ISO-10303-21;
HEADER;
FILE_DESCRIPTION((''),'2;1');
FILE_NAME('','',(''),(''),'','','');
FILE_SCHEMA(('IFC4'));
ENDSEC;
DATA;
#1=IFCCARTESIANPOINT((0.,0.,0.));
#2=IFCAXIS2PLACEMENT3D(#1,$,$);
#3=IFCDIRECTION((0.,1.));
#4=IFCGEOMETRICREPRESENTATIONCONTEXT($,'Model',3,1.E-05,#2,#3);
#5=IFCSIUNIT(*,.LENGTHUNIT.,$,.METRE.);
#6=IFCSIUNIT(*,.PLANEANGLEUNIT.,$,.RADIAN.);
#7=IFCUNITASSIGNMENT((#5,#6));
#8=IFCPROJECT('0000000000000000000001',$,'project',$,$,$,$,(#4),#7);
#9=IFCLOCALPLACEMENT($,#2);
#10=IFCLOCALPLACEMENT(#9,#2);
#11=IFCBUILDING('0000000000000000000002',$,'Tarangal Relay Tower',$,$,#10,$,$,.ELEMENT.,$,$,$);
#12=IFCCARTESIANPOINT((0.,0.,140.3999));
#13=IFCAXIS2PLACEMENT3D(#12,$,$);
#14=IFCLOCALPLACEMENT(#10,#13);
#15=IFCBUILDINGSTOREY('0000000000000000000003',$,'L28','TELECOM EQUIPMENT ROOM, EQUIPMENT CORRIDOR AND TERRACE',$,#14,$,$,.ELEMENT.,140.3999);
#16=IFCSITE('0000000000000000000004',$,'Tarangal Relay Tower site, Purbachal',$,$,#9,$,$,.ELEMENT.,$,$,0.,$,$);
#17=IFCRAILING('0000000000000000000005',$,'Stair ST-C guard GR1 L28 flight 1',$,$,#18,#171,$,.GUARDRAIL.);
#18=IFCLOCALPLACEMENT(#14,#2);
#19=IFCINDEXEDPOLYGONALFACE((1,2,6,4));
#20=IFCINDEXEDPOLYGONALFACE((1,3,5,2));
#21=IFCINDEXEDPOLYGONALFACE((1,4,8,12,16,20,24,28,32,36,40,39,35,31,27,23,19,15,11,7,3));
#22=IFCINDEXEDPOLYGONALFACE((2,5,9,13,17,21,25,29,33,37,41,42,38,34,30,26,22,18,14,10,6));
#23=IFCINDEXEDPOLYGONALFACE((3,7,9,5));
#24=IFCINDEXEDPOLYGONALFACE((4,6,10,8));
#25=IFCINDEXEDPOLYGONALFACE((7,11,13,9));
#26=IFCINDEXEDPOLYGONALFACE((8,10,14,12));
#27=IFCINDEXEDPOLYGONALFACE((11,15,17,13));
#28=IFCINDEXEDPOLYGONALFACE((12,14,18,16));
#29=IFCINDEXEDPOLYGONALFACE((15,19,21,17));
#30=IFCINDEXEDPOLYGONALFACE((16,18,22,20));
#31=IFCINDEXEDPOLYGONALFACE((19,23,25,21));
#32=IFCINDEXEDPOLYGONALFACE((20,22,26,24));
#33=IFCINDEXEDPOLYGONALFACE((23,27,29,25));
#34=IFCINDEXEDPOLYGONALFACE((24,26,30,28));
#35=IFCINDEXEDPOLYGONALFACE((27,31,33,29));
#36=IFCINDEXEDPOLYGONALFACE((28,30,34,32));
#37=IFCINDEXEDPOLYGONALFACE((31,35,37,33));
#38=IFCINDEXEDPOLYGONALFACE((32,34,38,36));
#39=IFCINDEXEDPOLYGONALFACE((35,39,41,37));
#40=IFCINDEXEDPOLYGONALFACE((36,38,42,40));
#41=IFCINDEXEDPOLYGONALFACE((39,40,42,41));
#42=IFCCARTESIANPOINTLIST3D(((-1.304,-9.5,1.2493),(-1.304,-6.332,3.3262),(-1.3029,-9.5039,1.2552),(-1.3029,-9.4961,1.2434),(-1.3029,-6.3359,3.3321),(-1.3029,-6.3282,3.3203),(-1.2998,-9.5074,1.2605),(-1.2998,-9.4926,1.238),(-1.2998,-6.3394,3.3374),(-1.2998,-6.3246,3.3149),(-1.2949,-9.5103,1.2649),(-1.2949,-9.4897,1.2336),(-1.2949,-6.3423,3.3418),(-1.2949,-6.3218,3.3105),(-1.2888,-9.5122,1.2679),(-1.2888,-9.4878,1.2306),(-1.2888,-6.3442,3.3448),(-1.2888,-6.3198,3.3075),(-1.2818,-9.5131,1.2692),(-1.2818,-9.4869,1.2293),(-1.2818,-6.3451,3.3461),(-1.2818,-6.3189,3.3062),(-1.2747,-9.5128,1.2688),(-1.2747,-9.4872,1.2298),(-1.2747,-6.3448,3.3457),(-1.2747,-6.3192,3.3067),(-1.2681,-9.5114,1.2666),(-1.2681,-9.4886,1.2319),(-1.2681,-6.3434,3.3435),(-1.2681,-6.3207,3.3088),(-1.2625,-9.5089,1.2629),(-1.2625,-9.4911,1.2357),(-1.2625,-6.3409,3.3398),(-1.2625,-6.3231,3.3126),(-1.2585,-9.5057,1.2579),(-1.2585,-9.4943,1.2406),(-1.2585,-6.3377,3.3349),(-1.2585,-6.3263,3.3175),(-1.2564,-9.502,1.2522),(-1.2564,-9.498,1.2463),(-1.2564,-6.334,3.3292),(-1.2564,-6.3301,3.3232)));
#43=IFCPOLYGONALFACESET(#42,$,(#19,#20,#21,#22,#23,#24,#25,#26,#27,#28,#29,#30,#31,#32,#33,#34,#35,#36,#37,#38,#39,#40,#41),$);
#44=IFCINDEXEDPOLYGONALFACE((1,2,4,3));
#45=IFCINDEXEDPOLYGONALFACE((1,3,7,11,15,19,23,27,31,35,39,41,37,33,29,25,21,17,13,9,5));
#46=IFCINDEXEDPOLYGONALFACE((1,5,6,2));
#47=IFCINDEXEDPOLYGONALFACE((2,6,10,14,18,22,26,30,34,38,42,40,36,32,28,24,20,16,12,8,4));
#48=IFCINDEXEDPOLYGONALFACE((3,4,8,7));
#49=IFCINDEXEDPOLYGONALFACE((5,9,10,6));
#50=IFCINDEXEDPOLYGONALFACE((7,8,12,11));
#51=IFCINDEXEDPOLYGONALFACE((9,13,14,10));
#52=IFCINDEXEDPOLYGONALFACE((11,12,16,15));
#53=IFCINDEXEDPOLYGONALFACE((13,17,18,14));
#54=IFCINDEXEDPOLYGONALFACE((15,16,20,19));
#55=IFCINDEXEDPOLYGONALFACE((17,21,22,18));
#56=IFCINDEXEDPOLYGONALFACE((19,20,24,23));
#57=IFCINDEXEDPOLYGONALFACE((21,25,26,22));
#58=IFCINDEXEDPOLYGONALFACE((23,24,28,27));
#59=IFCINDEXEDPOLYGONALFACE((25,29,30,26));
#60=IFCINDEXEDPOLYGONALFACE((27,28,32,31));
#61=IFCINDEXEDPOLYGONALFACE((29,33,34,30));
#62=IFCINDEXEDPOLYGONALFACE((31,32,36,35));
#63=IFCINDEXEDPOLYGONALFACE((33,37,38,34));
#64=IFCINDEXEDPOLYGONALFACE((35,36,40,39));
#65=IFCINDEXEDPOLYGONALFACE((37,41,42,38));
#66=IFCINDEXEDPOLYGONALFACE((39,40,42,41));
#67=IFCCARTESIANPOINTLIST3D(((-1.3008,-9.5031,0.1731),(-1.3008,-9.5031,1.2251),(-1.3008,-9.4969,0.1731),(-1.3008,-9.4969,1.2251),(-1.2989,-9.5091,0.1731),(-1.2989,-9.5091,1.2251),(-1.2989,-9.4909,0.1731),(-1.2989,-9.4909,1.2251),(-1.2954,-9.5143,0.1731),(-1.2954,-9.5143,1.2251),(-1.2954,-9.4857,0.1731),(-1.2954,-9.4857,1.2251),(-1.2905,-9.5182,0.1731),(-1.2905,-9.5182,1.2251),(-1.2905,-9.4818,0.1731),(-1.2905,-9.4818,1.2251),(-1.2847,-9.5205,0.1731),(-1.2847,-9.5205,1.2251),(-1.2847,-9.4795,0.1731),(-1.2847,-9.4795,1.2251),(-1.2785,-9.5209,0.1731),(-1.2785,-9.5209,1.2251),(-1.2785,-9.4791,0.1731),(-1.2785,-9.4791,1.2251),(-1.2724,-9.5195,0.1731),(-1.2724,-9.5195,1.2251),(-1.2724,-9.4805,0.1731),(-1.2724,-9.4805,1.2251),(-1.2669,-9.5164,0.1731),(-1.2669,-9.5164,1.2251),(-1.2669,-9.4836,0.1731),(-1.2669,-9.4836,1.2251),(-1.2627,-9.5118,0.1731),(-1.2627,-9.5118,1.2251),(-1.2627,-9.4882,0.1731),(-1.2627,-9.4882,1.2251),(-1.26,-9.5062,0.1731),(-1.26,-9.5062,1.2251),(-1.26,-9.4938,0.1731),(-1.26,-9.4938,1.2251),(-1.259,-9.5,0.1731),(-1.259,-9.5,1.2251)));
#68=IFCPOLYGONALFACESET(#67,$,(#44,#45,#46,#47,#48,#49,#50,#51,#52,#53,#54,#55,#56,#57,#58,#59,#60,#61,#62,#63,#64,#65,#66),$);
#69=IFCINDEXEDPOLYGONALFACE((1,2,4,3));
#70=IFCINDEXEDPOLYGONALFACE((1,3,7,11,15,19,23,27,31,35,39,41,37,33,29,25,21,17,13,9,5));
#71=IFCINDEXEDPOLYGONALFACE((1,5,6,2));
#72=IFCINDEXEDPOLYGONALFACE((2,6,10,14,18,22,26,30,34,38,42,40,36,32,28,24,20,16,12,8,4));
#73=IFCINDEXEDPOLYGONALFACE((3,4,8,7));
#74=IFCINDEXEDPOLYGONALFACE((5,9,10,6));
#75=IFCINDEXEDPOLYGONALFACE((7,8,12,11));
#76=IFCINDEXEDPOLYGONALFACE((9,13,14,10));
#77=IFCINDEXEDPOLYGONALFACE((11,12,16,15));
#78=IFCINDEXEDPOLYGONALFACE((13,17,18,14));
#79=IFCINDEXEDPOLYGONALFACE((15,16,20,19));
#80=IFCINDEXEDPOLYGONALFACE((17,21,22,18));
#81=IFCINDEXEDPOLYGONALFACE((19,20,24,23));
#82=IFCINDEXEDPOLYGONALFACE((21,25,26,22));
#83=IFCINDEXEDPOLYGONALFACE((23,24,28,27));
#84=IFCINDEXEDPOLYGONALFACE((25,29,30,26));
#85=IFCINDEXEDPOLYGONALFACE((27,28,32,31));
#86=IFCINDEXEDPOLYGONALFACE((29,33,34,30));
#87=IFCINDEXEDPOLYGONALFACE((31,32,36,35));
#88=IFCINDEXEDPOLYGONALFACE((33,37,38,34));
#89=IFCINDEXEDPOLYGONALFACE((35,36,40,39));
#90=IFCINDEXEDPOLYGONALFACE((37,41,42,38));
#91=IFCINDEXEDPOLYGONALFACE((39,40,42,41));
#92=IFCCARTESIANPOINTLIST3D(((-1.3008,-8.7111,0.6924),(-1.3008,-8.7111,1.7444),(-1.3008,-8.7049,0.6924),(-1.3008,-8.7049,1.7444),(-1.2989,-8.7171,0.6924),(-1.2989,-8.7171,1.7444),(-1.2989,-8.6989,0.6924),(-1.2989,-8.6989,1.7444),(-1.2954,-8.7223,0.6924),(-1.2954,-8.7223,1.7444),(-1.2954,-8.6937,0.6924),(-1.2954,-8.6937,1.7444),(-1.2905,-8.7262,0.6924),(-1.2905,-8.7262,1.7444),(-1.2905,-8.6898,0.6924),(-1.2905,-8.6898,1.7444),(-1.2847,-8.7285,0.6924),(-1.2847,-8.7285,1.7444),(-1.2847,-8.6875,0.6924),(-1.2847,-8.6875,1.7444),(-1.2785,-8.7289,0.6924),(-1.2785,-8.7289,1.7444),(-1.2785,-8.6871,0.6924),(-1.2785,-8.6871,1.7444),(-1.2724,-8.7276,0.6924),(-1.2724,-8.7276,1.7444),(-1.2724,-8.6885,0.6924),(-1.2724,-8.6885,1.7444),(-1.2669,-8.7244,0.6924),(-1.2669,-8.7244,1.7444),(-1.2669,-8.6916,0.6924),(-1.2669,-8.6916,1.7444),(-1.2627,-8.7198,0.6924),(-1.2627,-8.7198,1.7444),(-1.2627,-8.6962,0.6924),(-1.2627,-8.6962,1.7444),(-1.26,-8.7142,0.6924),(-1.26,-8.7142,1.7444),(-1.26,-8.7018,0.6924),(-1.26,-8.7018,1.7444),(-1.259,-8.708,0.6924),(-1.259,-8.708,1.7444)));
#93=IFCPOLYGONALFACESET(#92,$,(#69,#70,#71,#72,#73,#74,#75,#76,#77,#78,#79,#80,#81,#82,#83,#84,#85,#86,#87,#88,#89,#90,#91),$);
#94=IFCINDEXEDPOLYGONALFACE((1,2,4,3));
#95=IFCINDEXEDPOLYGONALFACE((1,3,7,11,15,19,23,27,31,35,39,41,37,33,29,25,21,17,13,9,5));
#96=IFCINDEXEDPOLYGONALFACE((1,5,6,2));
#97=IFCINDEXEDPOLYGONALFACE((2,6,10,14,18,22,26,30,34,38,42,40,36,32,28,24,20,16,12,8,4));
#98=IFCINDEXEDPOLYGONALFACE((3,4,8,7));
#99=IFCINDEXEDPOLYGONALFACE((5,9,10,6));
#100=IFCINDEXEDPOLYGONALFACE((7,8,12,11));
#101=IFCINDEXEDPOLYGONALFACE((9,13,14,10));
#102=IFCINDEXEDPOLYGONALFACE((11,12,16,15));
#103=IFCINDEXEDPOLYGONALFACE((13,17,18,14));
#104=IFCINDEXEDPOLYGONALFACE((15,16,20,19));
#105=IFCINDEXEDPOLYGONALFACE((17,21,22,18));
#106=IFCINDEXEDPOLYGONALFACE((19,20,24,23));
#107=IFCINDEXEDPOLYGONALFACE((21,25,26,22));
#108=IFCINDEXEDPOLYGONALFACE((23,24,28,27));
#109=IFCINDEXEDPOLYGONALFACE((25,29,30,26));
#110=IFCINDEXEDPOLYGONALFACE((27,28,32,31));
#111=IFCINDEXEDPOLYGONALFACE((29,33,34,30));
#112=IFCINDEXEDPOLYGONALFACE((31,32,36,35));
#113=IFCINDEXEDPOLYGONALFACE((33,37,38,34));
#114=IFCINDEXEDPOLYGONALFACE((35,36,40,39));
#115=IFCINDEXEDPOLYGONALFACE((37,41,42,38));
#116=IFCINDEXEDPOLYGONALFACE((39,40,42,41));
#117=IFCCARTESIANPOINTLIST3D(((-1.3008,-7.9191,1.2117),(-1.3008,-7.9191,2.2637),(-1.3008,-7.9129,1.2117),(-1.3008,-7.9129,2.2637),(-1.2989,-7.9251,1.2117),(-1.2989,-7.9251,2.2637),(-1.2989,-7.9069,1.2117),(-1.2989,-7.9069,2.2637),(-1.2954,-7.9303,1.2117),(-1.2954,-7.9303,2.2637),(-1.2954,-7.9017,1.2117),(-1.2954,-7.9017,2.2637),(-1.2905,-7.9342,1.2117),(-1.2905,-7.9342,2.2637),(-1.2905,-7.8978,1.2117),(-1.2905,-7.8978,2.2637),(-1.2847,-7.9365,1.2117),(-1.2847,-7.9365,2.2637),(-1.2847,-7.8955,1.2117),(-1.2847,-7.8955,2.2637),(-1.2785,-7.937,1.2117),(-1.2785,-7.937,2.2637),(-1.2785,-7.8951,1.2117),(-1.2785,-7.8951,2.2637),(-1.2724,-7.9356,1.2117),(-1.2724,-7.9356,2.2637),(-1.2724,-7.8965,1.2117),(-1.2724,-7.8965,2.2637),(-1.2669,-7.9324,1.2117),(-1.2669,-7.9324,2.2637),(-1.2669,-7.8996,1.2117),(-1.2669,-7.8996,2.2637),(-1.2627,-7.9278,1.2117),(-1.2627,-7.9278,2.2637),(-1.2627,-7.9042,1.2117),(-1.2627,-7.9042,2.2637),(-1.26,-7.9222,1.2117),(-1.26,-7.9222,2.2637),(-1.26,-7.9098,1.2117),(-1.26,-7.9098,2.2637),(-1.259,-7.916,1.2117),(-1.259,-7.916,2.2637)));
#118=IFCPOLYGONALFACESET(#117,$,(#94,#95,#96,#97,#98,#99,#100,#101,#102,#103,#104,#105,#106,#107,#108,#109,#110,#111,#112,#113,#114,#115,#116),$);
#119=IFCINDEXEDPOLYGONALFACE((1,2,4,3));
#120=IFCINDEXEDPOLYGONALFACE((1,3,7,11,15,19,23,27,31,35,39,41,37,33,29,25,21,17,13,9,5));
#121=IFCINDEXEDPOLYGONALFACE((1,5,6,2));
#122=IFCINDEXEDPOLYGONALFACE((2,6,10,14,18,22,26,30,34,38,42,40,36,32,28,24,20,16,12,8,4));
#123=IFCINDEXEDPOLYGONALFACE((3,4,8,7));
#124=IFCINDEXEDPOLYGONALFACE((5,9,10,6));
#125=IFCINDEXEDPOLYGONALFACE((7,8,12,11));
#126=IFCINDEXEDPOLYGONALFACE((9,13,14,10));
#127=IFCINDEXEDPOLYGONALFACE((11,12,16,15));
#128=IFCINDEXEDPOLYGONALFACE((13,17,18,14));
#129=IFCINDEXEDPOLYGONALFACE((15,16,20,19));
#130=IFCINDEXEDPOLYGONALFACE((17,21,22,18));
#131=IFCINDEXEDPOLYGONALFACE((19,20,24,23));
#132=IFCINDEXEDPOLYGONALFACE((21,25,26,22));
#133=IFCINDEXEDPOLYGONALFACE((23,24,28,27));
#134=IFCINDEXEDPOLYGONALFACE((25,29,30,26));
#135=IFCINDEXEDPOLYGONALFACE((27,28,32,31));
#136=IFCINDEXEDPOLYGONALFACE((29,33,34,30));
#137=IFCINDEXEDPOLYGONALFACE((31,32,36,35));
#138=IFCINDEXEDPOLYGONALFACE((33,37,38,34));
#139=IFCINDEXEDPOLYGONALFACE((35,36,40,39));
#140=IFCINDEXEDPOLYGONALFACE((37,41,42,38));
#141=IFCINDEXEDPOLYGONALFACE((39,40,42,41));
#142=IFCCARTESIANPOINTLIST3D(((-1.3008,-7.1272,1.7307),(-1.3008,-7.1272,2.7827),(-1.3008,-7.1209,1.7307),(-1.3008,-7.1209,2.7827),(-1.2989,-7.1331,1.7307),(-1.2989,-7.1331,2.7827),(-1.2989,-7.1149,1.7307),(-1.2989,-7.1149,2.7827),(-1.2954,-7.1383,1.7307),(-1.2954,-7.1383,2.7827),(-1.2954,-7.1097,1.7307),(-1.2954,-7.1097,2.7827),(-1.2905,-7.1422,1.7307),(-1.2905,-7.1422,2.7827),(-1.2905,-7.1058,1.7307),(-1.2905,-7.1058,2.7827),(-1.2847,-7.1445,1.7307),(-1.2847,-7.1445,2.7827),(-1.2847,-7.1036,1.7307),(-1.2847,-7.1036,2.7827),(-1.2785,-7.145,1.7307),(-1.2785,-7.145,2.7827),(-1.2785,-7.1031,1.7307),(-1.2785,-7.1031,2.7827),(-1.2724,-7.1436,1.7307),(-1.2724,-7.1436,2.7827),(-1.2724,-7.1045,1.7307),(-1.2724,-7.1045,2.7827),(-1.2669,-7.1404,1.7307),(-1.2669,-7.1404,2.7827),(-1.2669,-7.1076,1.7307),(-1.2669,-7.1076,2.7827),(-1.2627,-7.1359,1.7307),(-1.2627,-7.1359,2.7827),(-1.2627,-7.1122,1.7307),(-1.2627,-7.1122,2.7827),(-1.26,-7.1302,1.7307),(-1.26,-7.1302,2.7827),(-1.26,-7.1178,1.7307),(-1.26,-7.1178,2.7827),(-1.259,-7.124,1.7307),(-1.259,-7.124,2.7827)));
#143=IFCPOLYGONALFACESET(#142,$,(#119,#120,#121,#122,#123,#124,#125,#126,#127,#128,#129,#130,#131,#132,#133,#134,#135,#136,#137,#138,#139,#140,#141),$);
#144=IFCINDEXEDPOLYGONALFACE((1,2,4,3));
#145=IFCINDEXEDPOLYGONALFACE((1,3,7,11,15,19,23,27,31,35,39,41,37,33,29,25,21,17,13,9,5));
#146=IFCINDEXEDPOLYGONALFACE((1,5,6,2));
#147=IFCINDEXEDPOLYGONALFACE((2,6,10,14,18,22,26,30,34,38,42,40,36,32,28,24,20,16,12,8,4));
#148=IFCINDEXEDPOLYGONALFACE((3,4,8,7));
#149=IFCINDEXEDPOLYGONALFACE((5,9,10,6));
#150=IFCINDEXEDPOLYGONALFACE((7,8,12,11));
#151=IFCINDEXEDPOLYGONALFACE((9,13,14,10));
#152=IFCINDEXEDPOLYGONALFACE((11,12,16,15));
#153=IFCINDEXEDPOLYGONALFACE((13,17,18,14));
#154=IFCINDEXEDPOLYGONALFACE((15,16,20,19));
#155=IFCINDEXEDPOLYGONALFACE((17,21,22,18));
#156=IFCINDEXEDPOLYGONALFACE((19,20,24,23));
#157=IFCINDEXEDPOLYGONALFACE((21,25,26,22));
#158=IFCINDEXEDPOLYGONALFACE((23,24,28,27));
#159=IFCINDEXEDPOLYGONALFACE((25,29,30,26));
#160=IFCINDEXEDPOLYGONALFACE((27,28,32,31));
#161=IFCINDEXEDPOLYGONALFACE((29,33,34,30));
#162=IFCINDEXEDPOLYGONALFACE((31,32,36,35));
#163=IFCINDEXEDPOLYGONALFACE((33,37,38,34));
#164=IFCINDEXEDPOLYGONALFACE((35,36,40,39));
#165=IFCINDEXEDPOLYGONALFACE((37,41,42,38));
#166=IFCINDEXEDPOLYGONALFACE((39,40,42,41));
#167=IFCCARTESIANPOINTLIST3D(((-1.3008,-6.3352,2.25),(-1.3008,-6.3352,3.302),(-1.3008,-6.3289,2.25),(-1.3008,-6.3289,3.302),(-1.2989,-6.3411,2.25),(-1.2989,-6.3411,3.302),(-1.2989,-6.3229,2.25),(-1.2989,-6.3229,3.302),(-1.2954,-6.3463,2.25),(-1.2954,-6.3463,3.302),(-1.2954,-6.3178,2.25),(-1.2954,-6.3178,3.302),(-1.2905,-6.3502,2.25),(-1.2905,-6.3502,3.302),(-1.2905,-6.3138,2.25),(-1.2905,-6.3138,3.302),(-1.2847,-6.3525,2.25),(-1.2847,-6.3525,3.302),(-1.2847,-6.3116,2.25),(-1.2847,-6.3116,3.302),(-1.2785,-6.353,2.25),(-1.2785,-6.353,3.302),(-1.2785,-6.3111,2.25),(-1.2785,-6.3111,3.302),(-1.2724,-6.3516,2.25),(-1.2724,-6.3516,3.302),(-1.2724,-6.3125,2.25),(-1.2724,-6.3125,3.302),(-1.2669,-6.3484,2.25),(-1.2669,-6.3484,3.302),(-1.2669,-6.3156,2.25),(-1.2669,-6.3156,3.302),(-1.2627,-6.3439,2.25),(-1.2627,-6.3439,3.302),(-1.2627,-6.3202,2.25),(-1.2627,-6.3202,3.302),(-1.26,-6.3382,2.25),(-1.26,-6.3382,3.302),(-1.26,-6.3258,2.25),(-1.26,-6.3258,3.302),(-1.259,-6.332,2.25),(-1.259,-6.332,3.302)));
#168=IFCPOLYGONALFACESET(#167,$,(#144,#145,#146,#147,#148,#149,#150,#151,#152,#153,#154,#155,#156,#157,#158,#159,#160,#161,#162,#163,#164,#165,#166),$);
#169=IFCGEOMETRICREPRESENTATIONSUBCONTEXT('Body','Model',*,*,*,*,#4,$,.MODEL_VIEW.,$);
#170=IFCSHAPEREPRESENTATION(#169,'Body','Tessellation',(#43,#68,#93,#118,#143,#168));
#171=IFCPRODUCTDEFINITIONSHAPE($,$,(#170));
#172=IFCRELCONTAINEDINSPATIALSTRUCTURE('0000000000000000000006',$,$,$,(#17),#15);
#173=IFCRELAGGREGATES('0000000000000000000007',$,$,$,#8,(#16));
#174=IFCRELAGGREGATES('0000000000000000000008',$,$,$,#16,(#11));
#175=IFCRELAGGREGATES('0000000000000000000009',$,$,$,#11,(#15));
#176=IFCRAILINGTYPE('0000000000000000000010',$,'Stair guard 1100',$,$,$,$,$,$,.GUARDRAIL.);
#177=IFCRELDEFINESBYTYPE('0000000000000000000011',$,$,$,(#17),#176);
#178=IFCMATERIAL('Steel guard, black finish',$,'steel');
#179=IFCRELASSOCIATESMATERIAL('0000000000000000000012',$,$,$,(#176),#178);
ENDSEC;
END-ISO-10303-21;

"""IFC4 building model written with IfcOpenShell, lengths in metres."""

from ifc_helpers import new_model, si_unit, direction, frame, origin, origin_2d, place, context, subcontext, project, spatial, circle, extrude, material, type_object, element, save


model = new_model("IFC4")

# Units and contexts
model_context = context("Model", 3, precision=1e-05, world=origin(), true_north=direction((0.0, 1.0)))
body_context = subcontext(model_context, "Body", "Model", "MODEL_VIEW")
ifc_project = project(units=[si_unit("LENGTHUNIT", "METRE"), si_unit("PLANEANGLEUNIT", "RADIAN")], contexts=[model_context])

# Site, building, storey
site_placement = place(None, origin())
site = spatial("IfcSite", under=ifc_project, at=site_placement, Name="Tarangal Relay Tower site, Purbachal", CompositionType="ELEMENT", RefElevation=0.0)
building_placement = place(site_placement, origin())
building = spatial("IfcBuilding", under=site, at=building_placement, Name="Tarangal Relay Tower", CompositionType="ELEMENT")
storey_placement = place(building_placement, frame((0.0, 0.0, 140.3999)))
storey = spatial("IfcBuildingStorey", under=building, at=storey_placement, Name="L28", Description="TELECOM EQUIPMENT ROOM, EQUIPMENT CORRIDOR AND TERRACE", CompositionType="ELEMENT", Elevation=140.3999)

# Railing
ifc_material_1 = material(Name="Steel guard, black finish", Category="steel")
railing_type_1 = type_object("IfcRailingType", Name="Stair guard 1100", PredefinedType="GUARDRAIL", material=ifc_material_1)
railing_1_placement = place(storey_placement, frame((-1.28, -9.5, 0.1731)))
element("IfcRailing", 1, at=railing_1_placement, inside=storey, type_object=railing_type_1, Name="Stair ST-C guard GR1 L28 flight 1", PredefinedType="GUARDRAIL", context=body_context, shape_type="SweptSolid", body=[
    extrude(circle(Radius=0.0239, at=origin_2d()), frame((0.0, 0.0, 1.0762), z_axis=(0.0, 0.836299, 0.548273), x_axis=(-1.0, 0.0, 0.0)), (0.0, 0.0, 1.0), 3.7881),
    extrude(circle(Radius=0.021, at=origin_2d()), origin(), (0.0, 0.0, 1.0), 1.052),
    extrude(circle(Radius=0.021, at=origin_2d()), frame((0.0, 0.792, 0.5193)), (0.0, 0.0, 1.0), 1.052),
    extrude(circle(Radius=0.021, at=origin_2d()), frame((0.0, 1.584, 1.0386)), (0.0, 0.0, 1.0), 1.052),
    extrude(circle(Radius=0.021, at=origin_2d()), frame((0.0, 2.376, 1.5576)), (0.0, 0.0, 1.0), 1.052),
    extrude(circle(Radius=0.021, at=origin_2d()), frame((0.0, 3.168, 2.0769)), (0.0, 0.0, 1.0), 1.052),
])

save(model, "model.ifc")
